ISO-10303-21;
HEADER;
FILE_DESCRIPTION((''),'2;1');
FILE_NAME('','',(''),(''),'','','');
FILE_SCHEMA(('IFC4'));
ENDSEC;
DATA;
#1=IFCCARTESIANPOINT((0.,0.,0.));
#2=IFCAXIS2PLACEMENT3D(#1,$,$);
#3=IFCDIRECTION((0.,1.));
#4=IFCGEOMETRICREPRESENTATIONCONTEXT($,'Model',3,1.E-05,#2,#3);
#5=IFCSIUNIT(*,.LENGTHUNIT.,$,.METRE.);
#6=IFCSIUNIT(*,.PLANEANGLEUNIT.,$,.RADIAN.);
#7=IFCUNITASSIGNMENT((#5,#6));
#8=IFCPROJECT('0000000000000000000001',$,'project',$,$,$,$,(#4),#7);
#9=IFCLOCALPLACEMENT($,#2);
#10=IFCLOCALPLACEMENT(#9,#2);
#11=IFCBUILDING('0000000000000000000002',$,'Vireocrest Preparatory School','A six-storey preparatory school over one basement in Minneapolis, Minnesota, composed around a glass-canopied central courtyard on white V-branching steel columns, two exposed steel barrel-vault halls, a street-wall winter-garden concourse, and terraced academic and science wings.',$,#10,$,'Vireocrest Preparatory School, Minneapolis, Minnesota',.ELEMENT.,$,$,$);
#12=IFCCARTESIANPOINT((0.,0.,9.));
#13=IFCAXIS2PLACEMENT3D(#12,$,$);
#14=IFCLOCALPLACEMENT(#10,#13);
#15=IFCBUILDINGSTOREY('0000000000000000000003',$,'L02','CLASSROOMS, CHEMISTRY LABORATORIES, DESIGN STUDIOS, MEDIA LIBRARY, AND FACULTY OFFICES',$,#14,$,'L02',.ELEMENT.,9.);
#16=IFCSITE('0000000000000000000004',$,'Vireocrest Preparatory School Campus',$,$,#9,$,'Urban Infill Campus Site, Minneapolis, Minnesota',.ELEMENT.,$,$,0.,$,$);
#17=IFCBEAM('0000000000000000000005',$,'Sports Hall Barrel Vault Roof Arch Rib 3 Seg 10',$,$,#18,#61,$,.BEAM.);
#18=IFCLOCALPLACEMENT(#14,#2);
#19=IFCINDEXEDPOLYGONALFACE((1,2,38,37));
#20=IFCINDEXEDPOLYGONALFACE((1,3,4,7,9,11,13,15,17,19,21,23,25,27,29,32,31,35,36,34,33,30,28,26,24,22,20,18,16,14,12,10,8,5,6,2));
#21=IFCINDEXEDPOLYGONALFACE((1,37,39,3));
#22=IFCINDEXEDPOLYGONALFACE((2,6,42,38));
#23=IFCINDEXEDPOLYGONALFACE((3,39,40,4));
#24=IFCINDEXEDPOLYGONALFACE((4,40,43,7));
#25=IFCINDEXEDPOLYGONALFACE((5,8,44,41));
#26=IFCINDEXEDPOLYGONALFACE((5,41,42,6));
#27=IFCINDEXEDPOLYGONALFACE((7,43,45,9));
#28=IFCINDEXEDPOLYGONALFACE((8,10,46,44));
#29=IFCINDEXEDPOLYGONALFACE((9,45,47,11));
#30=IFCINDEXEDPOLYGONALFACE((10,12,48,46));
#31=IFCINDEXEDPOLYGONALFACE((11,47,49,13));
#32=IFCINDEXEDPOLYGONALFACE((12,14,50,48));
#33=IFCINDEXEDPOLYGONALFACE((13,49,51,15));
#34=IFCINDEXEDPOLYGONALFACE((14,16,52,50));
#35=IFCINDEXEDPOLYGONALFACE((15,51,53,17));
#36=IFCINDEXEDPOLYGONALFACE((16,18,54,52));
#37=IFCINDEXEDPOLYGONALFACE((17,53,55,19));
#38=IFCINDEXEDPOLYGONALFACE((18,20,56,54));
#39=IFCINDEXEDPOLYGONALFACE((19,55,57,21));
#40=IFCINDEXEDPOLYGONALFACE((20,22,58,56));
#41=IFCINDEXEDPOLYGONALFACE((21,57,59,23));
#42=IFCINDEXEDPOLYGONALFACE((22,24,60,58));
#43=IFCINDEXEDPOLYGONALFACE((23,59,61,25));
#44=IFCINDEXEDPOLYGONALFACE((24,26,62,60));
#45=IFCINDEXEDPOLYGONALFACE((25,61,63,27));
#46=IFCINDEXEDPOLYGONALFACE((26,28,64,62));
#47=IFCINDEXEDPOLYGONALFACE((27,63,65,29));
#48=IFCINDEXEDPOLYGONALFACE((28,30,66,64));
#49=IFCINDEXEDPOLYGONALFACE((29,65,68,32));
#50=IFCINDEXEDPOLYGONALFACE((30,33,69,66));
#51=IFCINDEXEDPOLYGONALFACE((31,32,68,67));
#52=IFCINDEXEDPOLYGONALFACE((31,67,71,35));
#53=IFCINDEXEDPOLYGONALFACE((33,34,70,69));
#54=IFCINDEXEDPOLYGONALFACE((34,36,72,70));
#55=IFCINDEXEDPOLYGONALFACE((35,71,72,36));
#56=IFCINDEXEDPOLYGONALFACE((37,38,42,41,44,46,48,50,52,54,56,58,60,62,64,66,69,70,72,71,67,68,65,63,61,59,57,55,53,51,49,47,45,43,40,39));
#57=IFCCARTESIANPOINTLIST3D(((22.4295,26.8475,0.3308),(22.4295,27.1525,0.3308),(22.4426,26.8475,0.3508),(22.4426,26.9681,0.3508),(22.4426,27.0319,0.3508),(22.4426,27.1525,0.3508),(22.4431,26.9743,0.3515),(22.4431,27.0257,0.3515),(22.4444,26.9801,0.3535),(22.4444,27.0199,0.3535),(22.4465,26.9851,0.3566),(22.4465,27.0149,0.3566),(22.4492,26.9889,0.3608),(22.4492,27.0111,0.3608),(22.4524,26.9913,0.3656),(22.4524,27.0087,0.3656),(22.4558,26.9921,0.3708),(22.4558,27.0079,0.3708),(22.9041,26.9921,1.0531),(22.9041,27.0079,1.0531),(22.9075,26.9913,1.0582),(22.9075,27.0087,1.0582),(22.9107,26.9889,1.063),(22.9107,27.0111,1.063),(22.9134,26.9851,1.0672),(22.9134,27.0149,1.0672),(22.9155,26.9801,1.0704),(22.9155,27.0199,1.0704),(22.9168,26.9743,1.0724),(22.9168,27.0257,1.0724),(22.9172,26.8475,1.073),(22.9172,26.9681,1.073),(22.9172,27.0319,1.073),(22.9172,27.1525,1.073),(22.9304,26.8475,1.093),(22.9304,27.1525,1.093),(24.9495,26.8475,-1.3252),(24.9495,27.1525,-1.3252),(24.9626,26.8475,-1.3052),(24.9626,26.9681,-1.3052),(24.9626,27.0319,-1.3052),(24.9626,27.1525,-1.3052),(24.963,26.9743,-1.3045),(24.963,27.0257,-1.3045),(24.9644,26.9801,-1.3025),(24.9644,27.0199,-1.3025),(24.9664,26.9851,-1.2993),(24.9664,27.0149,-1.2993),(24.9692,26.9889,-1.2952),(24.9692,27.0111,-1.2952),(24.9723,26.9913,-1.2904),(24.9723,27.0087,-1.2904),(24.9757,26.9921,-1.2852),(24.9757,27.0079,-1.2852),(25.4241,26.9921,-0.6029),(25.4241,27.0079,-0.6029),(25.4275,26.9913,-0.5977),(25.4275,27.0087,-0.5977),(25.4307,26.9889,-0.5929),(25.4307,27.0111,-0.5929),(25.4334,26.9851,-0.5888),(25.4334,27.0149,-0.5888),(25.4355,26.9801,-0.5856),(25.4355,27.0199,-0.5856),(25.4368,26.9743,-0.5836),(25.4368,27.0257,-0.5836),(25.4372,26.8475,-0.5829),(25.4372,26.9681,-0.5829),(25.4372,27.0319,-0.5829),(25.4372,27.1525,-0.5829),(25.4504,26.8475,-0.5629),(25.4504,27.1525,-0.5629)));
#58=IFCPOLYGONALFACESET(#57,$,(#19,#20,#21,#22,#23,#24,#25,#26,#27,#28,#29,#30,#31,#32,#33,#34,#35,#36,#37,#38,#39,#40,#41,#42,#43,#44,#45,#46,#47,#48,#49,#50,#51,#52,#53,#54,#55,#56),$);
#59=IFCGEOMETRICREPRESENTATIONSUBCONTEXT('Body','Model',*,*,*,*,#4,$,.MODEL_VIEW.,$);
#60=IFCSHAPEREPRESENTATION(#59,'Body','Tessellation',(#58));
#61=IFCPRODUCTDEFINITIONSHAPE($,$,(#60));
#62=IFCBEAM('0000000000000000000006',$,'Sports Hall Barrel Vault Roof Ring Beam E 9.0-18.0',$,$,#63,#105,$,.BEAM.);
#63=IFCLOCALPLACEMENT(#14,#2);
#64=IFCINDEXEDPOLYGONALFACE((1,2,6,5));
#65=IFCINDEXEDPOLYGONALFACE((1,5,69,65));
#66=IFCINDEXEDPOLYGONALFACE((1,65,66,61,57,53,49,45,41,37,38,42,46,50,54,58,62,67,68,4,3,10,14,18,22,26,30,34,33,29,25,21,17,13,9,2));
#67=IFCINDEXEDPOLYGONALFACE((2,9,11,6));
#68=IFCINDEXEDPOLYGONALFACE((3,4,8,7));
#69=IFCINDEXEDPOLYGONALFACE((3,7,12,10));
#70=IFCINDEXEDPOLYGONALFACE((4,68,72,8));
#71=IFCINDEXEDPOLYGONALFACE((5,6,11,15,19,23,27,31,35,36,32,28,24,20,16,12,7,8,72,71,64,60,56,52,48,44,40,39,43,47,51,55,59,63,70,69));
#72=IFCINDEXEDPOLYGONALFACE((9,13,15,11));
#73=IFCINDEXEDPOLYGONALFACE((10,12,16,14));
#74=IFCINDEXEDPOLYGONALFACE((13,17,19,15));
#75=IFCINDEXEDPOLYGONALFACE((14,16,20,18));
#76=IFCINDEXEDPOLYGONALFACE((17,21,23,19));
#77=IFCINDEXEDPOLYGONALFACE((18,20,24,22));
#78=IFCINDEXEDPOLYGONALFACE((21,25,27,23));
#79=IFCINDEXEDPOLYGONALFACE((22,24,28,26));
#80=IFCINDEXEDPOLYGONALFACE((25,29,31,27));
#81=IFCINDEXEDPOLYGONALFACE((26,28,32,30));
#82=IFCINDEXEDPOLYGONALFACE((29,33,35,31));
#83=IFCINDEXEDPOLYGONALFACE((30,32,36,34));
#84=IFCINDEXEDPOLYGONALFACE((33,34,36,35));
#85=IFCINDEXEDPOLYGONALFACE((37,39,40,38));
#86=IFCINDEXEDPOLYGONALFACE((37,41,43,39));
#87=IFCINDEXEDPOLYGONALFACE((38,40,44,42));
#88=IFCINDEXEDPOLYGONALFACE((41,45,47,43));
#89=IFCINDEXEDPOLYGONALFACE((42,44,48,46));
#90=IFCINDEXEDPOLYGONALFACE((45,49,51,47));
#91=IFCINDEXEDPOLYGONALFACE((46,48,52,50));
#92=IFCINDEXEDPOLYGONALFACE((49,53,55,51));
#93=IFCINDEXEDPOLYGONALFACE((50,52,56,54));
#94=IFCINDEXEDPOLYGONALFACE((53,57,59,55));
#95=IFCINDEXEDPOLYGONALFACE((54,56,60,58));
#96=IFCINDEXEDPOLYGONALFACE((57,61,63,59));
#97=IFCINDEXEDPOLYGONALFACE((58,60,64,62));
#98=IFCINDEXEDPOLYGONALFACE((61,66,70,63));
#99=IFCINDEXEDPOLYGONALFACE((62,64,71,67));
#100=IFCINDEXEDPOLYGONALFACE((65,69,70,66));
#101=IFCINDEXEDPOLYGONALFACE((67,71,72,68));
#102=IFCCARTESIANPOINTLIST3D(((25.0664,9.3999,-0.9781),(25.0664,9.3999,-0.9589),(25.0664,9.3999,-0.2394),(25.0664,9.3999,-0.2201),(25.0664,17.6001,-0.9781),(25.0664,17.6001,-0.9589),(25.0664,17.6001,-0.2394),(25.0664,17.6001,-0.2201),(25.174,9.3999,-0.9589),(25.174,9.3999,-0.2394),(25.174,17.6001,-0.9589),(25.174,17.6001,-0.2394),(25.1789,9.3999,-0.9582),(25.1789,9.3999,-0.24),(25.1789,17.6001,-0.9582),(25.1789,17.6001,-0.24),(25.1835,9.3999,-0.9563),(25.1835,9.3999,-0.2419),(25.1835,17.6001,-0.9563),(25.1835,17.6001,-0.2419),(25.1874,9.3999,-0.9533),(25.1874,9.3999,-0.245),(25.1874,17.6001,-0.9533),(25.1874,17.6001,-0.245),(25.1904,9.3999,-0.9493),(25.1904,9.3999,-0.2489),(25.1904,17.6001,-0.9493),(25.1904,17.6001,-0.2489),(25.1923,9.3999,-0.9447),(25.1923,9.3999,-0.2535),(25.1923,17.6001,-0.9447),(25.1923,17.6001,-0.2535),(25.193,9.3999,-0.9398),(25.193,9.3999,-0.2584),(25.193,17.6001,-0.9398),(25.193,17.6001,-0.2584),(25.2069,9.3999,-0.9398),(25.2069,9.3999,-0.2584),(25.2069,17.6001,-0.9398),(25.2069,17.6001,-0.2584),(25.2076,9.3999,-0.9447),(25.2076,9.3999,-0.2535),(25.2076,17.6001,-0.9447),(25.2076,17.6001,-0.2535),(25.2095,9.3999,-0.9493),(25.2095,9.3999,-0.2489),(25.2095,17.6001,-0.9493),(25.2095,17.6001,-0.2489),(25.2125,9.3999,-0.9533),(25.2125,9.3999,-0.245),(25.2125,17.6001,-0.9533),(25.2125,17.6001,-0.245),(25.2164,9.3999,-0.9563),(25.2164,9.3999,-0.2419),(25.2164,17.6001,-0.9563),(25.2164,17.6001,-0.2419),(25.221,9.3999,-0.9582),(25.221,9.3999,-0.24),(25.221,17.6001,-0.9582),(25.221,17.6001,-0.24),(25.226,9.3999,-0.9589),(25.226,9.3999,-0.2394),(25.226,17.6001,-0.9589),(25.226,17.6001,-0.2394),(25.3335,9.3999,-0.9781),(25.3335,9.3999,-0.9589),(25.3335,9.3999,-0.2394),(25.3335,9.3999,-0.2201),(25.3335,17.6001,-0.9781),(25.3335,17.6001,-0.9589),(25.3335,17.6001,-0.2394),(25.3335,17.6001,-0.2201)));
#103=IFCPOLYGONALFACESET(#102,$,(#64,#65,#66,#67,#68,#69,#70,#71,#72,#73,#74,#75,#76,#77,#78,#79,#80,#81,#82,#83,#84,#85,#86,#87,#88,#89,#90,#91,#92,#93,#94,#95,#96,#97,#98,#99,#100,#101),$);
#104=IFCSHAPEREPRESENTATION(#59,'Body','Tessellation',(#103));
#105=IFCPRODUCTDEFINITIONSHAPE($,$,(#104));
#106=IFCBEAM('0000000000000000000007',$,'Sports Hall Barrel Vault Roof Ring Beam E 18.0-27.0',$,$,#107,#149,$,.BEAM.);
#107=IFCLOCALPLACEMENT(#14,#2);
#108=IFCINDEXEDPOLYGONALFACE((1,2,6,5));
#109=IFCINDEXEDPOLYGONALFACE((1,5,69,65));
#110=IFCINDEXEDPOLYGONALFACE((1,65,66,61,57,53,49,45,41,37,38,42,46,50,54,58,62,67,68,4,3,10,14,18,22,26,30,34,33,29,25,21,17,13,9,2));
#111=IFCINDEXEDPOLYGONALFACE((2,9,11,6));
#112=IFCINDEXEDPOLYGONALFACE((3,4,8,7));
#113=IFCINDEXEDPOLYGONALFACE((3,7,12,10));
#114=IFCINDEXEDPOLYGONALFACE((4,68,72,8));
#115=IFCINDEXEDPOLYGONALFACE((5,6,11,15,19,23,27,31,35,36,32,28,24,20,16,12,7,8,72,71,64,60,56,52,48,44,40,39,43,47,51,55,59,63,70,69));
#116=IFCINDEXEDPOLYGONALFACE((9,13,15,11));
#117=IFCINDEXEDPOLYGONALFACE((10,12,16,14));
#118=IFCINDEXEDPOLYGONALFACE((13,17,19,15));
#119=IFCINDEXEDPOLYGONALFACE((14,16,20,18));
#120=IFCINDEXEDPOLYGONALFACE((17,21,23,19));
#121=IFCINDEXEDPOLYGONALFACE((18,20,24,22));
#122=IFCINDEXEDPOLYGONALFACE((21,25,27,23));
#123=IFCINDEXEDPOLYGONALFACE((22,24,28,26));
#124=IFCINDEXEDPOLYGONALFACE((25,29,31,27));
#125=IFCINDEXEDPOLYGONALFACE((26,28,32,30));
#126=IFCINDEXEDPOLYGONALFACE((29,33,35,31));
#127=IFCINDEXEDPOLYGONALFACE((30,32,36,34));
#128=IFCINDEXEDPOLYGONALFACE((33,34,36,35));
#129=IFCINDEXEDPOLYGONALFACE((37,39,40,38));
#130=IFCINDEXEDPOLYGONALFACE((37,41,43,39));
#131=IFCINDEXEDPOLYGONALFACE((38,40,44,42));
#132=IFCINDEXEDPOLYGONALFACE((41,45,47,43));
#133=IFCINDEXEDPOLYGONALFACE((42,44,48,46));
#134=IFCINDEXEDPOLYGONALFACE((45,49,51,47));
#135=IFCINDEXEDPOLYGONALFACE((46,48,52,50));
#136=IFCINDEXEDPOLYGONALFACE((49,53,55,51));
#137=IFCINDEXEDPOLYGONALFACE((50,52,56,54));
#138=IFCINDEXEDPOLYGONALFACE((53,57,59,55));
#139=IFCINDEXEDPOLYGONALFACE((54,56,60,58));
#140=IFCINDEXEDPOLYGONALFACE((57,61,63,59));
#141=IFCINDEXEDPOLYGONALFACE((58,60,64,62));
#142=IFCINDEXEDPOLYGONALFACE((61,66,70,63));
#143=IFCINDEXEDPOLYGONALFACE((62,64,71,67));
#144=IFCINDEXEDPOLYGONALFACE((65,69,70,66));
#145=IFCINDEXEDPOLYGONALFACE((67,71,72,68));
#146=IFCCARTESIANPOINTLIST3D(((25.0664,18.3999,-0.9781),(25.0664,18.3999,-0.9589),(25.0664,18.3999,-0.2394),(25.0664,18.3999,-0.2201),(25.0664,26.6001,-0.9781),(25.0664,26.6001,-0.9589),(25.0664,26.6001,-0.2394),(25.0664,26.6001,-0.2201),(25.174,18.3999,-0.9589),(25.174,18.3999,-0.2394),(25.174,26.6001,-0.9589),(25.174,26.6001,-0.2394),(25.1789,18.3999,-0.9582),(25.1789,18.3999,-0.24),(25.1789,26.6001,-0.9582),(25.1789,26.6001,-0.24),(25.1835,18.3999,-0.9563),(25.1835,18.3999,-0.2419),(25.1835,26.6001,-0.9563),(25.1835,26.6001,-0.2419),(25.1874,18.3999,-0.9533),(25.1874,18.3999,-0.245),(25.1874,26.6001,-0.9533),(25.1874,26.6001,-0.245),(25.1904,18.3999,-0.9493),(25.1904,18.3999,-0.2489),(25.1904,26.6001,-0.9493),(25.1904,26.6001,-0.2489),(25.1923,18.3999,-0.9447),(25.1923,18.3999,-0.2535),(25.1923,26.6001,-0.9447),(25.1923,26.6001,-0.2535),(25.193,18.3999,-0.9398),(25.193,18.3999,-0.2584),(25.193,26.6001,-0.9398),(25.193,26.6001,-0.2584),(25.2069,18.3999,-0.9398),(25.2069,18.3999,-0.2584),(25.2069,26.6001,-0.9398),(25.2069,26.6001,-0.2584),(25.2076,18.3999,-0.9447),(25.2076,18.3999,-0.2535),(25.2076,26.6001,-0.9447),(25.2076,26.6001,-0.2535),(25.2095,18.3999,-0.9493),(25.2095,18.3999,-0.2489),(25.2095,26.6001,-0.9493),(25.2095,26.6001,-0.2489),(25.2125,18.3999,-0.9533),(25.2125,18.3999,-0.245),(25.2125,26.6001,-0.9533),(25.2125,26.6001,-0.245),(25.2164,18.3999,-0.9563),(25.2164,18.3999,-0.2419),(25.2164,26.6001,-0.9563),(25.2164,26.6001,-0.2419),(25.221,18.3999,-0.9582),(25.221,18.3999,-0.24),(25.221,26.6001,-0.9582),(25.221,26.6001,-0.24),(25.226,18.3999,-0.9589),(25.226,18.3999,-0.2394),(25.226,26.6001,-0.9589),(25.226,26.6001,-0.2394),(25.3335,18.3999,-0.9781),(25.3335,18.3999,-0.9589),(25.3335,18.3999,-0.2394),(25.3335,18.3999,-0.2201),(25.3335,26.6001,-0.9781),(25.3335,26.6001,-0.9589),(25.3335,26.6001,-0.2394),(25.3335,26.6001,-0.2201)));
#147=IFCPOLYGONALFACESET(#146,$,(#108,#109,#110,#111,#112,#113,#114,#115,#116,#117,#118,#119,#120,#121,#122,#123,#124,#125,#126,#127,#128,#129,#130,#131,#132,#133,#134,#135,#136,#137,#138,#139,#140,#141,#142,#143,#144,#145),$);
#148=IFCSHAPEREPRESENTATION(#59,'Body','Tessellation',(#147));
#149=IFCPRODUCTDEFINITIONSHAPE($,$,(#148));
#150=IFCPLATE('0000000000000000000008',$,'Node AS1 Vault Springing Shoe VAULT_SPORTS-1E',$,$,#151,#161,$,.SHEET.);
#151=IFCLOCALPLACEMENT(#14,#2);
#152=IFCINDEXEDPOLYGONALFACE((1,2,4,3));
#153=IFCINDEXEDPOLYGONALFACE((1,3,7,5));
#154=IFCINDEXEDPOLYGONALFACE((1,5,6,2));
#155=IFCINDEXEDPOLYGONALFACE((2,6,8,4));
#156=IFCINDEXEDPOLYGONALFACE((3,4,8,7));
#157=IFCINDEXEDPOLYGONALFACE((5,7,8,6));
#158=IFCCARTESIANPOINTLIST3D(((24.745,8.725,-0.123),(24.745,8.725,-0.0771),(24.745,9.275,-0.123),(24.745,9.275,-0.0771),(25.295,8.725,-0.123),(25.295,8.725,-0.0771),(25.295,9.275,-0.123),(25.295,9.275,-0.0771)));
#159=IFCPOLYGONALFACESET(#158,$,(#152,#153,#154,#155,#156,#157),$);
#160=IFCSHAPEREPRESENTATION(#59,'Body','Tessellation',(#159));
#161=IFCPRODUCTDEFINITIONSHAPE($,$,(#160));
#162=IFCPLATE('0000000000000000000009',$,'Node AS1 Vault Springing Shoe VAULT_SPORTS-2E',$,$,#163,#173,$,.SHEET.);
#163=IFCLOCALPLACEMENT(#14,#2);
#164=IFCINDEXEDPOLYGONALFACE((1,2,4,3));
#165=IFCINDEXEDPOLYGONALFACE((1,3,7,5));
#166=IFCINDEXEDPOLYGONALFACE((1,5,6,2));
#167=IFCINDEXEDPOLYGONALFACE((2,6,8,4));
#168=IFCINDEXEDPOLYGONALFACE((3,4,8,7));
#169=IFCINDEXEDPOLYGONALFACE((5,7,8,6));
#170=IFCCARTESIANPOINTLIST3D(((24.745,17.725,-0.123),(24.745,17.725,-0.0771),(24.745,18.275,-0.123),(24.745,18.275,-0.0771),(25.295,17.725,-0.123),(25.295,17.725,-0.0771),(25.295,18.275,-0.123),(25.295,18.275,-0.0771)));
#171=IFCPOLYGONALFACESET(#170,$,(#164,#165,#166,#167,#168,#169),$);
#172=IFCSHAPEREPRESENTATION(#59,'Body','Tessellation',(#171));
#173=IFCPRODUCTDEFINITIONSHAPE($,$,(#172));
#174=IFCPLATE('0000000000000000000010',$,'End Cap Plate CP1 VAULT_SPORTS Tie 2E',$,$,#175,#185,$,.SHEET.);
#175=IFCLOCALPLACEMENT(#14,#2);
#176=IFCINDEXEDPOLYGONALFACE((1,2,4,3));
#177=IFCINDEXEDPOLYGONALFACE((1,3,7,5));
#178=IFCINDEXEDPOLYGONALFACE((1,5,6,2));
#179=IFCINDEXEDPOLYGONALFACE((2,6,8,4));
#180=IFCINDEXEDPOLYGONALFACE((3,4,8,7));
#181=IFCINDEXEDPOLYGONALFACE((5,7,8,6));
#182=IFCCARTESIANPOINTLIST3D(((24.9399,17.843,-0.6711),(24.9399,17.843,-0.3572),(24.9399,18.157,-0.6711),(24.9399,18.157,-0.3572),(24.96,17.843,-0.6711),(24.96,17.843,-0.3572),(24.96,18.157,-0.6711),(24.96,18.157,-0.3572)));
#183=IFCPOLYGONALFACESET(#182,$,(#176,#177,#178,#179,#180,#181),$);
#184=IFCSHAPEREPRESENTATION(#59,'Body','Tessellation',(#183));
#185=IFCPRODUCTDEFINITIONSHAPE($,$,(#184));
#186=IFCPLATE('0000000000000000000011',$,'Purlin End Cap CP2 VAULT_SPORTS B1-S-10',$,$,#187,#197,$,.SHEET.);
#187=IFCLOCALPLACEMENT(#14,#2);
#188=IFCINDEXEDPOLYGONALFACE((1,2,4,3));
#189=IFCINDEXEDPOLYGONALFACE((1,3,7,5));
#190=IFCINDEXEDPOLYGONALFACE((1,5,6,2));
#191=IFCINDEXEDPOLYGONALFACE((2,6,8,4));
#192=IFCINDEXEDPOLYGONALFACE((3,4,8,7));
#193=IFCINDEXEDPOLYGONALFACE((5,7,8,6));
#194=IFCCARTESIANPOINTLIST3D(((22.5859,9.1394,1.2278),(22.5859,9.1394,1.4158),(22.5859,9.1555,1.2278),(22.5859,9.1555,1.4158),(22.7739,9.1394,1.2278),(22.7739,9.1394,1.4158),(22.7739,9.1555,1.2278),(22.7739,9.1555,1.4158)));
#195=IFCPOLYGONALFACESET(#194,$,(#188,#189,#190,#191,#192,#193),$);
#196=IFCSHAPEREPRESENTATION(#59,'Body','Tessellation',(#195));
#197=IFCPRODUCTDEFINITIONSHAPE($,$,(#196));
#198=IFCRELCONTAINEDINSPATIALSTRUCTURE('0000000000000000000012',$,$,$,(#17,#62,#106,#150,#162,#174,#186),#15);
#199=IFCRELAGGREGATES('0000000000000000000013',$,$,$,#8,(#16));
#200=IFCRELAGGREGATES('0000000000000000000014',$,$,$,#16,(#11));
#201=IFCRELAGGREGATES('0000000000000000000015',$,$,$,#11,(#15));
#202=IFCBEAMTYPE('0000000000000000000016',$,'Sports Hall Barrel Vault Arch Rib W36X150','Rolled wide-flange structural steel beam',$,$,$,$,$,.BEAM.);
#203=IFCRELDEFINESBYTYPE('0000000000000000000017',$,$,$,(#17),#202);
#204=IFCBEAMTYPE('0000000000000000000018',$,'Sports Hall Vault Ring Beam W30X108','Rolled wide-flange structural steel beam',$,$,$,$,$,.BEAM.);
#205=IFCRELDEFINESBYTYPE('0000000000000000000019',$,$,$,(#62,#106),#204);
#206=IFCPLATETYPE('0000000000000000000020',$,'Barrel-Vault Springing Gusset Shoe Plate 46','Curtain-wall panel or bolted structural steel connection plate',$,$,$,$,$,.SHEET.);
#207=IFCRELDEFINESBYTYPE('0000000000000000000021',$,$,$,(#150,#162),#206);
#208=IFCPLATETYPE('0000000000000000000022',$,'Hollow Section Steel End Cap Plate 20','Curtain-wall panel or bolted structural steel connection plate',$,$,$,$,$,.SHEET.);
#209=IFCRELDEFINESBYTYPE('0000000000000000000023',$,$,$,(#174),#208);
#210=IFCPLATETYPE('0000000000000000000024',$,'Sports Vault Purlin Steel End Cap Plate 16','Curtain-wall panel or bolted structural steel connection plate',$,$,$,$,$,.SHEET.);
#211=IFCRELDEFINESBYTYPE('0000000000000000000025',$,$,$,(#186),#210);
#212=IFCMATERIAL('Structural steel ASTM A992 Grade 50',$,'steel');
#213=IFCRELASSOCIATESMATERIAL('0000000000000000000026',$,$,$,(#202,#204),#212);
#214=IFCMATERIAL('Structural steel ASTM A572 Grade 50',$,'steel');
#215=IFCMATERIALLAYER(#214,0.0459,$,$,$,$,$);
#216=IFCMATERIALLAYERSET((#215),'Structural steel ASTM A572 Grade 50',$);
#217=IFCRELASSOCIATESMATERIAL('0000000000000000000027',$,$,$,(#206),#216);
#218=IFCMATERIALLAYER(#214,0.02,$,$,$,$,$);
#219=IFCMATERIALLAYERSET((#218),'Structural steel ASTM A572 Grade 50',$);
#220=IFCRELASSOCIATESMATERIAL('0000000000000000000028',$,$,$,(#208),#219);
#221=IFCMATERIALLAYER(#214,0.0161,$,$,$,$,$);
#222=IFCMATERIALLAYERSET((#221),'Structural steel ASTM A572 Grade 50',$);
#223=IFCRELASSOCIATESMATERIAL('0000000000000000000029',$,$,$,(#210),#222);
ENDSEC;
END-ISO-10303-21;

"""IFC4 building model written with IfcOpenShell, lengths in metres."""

from ifc_helpers import new_model, si_unit, direction, frame, origin, origin_2d, place, context, subcontext, project, spatial, rectangle, i_section, extrude, material, layer, layer_set, material_profile, profile_set, type_object, element, save


model = new_model("IFC4")

# Units and contexts
model_context = context("Model", 3, precision=1e-05, world=origin(), true_north=direction((0.0, 1.0)))
body_context = subcontext(model_context, "Body", "Model", "MODEL_VIEW")
ifc_project = project(units=[si_unit("LENGTHUNIT", "METRE"), si_unit("PLANEANGLEUNIT", "RADIAN")], contexts=[model_context])

# Site, building, storey
site_placement = place(None, origin())
site = spatial("IfcSite", under=ifc_project, at=site_placement, Name="Vireocrest Preparatory School Campus", LongName="Urban Infill Campus Site, Minneapolis, Minnesota", CompositionType="ELEMENT", RefElevation=0.0)
building_placement = place(site_placement, origin())
building = spatial("IfcBuilding", under=site, at=building_placement, Name="Vireocrest Preparatory School", Description="A six-storey preparatory school over one basement in Minneapolis, Minnesota, composed around a glass-canopied central courtyard on white V-branching steel columns, two exposed steel barrel-vault halls, a street-wall winter-garden concourse, and terraced academic and science wings.", LongName="Vireocrest Preparatory School, Minneapolis, Minnesota", CompositionType="ELEMENT")
storey_placement = place(building_placement, frame((0.0, 0.0, 9.0)))
storey = spatial("IfcBuildingStorey", under=building, at=storey_placement, Name="L02", Description="CLASSROOMS, CHEMISTRY LABORATORIES, DESIGN STUDIOS, MEDIA LIBRARY, AND FACULTY OFFICES", LongName="L02", CompositionType="ELEMENT", Elevation=9.0)

# Beams
ifc_material_1 = material(Name="Structural steel ASTM A992 Grade 50", Category="steel")
ifc_material_profile_1 = material_profile(ifc_material_1, i_section(OverallWidth=0.3049, OverallDepth=0.9121, WebThickness=0.0159, FlangeThickness=0.0239, FilletRadius=0.0239, at=origin_2d()), Name="W36X150")
ifc_profile_set_1 = profile_set([ifc_material_profile_1], Name="Structural steel ASTM A992 Grade 50")
beam_type_1 = type_object("IfcBeamType", Name="Sports Hall Barrel Vault Arch Rib W36X150", Description="Rolled wide-flange structural steel beam", PredefinedType="BEAM", material=ifc_profile_set_1)
beam_1_placement = place(storey_placement, frame((22.6799, 27.0, 0.7119), z_axis=(0.835707, 0.0, -0.549176), x_axis=(0.0, 1.0, 0.0)))
element("IfcBeam", 1, at=beam_1_placement, inside=storey, type_object=beam_type_1, Name="Sports Hall Barrel Vault Roof Arch Rib 3 Seg 10", PredefinedType="BEAM", context=body_context, shape_type="SweptSolid", body=[
    extrude(i_section(OverallWidth=0.3049, OverallDepth=0.9121, WebThickness=0.0159, FlangeThickness=0.0239, FilletRadius=0.0239, at=origin_2d()), origin(), (0.0, 0.0, 1.0), 3.0154),
])
ifc_material_profile_2 = material_profile(ifc_material_1, i_section(OverallWidth=0.2671, OverallDepth=0.7581, WebThickness=0.0139, FlangeThickness=0.0193, FilletRadius=0.019, at=origin_2d()), Name="W30X108")
ifc_profile_set_2 = profile_set([ifc_material_profile_2], Name="Structural steel ASTM A992 Grade 50")
beam_type_2 = type_object("IfcBeamType", Name="Sports Hall Vault Ring Beam W30X108", Description="Rolled wide-flange structural steel beam", PredefinedType="BEAM", material=ifc_profile_set_2)
for number, where, z_axis, x_axis, name in (
    (2, (25.2, 9.3999, -0.5991), (0.0, 1.0, 0.0), (-1.0, 0.0, 0.0), "Sports Hall Barrel Vault Roof Ring Beam E 9.0-18.0"),
    (3, (25.2, 18.3999, -0.5991), (0.0, 1.0, 0.0), (-1.0, 0.0, 0.0), "Sports Hall Barrel Vault Roof Ring Beam E 18.0-27.0"),
):
    element("IfcBeam", number, at=place(storey_placement, frame(where, z_axis=z_axis, x_axis=x_axis)), inside=storey, type_object=beam_type_2, Name=name, PredefinedType="BEAM", context=body_context, shape_type="SweptSolid", body=[
        extrude(i_section(OverallWidth=0.2671, OverallDepth=0.7581, WebThickness=0.0139, FlangeThickness=0.0193, FilletRadius=0.019, at=origin_2d()), origin(), (0.0, 0.0, 1.0), 8.2002),
    ])

# Plates
ifc_material_2 = material(Name="Structural steel ASTM A572 Grade 50", Category="steel")
ifc_layer_1 = layer(ifc_material_2, 0.0459)
ifc_layer_set_1 = layer_set([ifc_layer_1], Name="Structural steel ASTM A572 Grade 50")
plate_type_1 = type_object("IfcPlateType", Name="Barrel-Vault Springing Gusset Shoe Plate 46", Description="Curtain-wall panel or bolted structural steel connection plate", PredefinedType="SHEET", material=ifc_layer_set_1)
for number, where, z_axis, x_axis, name in (
    (4, (25.02, 9.0, -0.123), (0.0, 0.0, 1.0), (1.0, 0.0, 0.0), "Node AS1 Vault Springing Shoe VAULT_SPORTS-1E"),
    (5, (25.02, 18.0, -0.123), (0.0, 0.0, 1.0), (1.0, 0.0, 0.0), "Node AS1 Vault Springing Shoe VAULT_SPORTS-2E"),
):
    element("IfcPlate", number, at=place(storey_placement, frame(where, z_axis=z_axis, x_axis=x_axis)), inside=storey, type_object=plate_type_1, Name=name, PredefinedType="SHEET", context=body_context, shape_type="SweptSolid", body=[
        extrude(rectangle(XDim=0.55, YDim=0.55, at=origin_2d()), origin(), (0.0, 0.0, 1.0), 0.0459),
    ])
ifc_layer_2 = layer(ifc_material_2, 0.02)
ifc_layer_set_2 = layer_set([ifc_layer_2], Name="Structural steel ASTM A572 Grade 50")
plate_type_2 = type_object("IfcPlateType", Name="Hollow Section Steel End Cap Plate 20", Description="Curtain-wall panel or bolted structural steel connection plate", PredefinedType="SHEET", material=ifc_layer_set_2)
plate_1_placement = place(storey_placement, frame((24.95, 18.0, -0.6711), z_axis=(0.0, 0.0, 1.0), x_axis=(1.0, 0.0, 0.0)))
element("IfcPlate", 6, at=plate_1_placement, inside=storey, type_object=plate_type_2, Name="End Cap Plate CP1 VAULT_SPORTS Tie 2E", PredefinedType="SHEET", context=body_context, shape_type="SweptSolid", body=[
    extrude(rectangle(XDim=0.02, YDim=0.314, at=origin_2d()), origin(), (0.0, 0.0, 1.0), 0.314),
])
ifc_layer_3 = layer(ifc_material_2, 0.0161)
ifc_layer_set_3 = layer_set([ifc_layer_3], Name="Structural steel ASTM A572 Grade 50")
plate_type_3 = type_object("IfcPlateType", Name="Sports Vault Purlin Steel End Cap Plate 16", Description="Curtain-wall panel or bolted structural steel connection plate", PredefinedType="SHEET", material=ifc_layer_set_3)
for number, where, z_axis, x_axis, name in (
    (7, (22.6799, 9.1475, 1.2278), (0.0, 0.0, 1.0), (1.0, 0.0, 0.0), "Purlin End Cap CP2 VAULT_SPORTS B1-S-10"),
):
    element("IfcPlate", number, at=place(storey_placement, frame(where, z_axis=z_axis, x_axis=x_axis)), inside=storey, type_object=plate_type_3, Name=name, PredefinedType="SHEET", context=body_context, shape_type="SweptSolid", body=[
        extrude(rectangle(XDim=0.188, YDim=0.0161, at=origin_2d()), origin(), (0.0, 0.0, 1.0), 0.188),
    ])

save(model, "model.ifc")
